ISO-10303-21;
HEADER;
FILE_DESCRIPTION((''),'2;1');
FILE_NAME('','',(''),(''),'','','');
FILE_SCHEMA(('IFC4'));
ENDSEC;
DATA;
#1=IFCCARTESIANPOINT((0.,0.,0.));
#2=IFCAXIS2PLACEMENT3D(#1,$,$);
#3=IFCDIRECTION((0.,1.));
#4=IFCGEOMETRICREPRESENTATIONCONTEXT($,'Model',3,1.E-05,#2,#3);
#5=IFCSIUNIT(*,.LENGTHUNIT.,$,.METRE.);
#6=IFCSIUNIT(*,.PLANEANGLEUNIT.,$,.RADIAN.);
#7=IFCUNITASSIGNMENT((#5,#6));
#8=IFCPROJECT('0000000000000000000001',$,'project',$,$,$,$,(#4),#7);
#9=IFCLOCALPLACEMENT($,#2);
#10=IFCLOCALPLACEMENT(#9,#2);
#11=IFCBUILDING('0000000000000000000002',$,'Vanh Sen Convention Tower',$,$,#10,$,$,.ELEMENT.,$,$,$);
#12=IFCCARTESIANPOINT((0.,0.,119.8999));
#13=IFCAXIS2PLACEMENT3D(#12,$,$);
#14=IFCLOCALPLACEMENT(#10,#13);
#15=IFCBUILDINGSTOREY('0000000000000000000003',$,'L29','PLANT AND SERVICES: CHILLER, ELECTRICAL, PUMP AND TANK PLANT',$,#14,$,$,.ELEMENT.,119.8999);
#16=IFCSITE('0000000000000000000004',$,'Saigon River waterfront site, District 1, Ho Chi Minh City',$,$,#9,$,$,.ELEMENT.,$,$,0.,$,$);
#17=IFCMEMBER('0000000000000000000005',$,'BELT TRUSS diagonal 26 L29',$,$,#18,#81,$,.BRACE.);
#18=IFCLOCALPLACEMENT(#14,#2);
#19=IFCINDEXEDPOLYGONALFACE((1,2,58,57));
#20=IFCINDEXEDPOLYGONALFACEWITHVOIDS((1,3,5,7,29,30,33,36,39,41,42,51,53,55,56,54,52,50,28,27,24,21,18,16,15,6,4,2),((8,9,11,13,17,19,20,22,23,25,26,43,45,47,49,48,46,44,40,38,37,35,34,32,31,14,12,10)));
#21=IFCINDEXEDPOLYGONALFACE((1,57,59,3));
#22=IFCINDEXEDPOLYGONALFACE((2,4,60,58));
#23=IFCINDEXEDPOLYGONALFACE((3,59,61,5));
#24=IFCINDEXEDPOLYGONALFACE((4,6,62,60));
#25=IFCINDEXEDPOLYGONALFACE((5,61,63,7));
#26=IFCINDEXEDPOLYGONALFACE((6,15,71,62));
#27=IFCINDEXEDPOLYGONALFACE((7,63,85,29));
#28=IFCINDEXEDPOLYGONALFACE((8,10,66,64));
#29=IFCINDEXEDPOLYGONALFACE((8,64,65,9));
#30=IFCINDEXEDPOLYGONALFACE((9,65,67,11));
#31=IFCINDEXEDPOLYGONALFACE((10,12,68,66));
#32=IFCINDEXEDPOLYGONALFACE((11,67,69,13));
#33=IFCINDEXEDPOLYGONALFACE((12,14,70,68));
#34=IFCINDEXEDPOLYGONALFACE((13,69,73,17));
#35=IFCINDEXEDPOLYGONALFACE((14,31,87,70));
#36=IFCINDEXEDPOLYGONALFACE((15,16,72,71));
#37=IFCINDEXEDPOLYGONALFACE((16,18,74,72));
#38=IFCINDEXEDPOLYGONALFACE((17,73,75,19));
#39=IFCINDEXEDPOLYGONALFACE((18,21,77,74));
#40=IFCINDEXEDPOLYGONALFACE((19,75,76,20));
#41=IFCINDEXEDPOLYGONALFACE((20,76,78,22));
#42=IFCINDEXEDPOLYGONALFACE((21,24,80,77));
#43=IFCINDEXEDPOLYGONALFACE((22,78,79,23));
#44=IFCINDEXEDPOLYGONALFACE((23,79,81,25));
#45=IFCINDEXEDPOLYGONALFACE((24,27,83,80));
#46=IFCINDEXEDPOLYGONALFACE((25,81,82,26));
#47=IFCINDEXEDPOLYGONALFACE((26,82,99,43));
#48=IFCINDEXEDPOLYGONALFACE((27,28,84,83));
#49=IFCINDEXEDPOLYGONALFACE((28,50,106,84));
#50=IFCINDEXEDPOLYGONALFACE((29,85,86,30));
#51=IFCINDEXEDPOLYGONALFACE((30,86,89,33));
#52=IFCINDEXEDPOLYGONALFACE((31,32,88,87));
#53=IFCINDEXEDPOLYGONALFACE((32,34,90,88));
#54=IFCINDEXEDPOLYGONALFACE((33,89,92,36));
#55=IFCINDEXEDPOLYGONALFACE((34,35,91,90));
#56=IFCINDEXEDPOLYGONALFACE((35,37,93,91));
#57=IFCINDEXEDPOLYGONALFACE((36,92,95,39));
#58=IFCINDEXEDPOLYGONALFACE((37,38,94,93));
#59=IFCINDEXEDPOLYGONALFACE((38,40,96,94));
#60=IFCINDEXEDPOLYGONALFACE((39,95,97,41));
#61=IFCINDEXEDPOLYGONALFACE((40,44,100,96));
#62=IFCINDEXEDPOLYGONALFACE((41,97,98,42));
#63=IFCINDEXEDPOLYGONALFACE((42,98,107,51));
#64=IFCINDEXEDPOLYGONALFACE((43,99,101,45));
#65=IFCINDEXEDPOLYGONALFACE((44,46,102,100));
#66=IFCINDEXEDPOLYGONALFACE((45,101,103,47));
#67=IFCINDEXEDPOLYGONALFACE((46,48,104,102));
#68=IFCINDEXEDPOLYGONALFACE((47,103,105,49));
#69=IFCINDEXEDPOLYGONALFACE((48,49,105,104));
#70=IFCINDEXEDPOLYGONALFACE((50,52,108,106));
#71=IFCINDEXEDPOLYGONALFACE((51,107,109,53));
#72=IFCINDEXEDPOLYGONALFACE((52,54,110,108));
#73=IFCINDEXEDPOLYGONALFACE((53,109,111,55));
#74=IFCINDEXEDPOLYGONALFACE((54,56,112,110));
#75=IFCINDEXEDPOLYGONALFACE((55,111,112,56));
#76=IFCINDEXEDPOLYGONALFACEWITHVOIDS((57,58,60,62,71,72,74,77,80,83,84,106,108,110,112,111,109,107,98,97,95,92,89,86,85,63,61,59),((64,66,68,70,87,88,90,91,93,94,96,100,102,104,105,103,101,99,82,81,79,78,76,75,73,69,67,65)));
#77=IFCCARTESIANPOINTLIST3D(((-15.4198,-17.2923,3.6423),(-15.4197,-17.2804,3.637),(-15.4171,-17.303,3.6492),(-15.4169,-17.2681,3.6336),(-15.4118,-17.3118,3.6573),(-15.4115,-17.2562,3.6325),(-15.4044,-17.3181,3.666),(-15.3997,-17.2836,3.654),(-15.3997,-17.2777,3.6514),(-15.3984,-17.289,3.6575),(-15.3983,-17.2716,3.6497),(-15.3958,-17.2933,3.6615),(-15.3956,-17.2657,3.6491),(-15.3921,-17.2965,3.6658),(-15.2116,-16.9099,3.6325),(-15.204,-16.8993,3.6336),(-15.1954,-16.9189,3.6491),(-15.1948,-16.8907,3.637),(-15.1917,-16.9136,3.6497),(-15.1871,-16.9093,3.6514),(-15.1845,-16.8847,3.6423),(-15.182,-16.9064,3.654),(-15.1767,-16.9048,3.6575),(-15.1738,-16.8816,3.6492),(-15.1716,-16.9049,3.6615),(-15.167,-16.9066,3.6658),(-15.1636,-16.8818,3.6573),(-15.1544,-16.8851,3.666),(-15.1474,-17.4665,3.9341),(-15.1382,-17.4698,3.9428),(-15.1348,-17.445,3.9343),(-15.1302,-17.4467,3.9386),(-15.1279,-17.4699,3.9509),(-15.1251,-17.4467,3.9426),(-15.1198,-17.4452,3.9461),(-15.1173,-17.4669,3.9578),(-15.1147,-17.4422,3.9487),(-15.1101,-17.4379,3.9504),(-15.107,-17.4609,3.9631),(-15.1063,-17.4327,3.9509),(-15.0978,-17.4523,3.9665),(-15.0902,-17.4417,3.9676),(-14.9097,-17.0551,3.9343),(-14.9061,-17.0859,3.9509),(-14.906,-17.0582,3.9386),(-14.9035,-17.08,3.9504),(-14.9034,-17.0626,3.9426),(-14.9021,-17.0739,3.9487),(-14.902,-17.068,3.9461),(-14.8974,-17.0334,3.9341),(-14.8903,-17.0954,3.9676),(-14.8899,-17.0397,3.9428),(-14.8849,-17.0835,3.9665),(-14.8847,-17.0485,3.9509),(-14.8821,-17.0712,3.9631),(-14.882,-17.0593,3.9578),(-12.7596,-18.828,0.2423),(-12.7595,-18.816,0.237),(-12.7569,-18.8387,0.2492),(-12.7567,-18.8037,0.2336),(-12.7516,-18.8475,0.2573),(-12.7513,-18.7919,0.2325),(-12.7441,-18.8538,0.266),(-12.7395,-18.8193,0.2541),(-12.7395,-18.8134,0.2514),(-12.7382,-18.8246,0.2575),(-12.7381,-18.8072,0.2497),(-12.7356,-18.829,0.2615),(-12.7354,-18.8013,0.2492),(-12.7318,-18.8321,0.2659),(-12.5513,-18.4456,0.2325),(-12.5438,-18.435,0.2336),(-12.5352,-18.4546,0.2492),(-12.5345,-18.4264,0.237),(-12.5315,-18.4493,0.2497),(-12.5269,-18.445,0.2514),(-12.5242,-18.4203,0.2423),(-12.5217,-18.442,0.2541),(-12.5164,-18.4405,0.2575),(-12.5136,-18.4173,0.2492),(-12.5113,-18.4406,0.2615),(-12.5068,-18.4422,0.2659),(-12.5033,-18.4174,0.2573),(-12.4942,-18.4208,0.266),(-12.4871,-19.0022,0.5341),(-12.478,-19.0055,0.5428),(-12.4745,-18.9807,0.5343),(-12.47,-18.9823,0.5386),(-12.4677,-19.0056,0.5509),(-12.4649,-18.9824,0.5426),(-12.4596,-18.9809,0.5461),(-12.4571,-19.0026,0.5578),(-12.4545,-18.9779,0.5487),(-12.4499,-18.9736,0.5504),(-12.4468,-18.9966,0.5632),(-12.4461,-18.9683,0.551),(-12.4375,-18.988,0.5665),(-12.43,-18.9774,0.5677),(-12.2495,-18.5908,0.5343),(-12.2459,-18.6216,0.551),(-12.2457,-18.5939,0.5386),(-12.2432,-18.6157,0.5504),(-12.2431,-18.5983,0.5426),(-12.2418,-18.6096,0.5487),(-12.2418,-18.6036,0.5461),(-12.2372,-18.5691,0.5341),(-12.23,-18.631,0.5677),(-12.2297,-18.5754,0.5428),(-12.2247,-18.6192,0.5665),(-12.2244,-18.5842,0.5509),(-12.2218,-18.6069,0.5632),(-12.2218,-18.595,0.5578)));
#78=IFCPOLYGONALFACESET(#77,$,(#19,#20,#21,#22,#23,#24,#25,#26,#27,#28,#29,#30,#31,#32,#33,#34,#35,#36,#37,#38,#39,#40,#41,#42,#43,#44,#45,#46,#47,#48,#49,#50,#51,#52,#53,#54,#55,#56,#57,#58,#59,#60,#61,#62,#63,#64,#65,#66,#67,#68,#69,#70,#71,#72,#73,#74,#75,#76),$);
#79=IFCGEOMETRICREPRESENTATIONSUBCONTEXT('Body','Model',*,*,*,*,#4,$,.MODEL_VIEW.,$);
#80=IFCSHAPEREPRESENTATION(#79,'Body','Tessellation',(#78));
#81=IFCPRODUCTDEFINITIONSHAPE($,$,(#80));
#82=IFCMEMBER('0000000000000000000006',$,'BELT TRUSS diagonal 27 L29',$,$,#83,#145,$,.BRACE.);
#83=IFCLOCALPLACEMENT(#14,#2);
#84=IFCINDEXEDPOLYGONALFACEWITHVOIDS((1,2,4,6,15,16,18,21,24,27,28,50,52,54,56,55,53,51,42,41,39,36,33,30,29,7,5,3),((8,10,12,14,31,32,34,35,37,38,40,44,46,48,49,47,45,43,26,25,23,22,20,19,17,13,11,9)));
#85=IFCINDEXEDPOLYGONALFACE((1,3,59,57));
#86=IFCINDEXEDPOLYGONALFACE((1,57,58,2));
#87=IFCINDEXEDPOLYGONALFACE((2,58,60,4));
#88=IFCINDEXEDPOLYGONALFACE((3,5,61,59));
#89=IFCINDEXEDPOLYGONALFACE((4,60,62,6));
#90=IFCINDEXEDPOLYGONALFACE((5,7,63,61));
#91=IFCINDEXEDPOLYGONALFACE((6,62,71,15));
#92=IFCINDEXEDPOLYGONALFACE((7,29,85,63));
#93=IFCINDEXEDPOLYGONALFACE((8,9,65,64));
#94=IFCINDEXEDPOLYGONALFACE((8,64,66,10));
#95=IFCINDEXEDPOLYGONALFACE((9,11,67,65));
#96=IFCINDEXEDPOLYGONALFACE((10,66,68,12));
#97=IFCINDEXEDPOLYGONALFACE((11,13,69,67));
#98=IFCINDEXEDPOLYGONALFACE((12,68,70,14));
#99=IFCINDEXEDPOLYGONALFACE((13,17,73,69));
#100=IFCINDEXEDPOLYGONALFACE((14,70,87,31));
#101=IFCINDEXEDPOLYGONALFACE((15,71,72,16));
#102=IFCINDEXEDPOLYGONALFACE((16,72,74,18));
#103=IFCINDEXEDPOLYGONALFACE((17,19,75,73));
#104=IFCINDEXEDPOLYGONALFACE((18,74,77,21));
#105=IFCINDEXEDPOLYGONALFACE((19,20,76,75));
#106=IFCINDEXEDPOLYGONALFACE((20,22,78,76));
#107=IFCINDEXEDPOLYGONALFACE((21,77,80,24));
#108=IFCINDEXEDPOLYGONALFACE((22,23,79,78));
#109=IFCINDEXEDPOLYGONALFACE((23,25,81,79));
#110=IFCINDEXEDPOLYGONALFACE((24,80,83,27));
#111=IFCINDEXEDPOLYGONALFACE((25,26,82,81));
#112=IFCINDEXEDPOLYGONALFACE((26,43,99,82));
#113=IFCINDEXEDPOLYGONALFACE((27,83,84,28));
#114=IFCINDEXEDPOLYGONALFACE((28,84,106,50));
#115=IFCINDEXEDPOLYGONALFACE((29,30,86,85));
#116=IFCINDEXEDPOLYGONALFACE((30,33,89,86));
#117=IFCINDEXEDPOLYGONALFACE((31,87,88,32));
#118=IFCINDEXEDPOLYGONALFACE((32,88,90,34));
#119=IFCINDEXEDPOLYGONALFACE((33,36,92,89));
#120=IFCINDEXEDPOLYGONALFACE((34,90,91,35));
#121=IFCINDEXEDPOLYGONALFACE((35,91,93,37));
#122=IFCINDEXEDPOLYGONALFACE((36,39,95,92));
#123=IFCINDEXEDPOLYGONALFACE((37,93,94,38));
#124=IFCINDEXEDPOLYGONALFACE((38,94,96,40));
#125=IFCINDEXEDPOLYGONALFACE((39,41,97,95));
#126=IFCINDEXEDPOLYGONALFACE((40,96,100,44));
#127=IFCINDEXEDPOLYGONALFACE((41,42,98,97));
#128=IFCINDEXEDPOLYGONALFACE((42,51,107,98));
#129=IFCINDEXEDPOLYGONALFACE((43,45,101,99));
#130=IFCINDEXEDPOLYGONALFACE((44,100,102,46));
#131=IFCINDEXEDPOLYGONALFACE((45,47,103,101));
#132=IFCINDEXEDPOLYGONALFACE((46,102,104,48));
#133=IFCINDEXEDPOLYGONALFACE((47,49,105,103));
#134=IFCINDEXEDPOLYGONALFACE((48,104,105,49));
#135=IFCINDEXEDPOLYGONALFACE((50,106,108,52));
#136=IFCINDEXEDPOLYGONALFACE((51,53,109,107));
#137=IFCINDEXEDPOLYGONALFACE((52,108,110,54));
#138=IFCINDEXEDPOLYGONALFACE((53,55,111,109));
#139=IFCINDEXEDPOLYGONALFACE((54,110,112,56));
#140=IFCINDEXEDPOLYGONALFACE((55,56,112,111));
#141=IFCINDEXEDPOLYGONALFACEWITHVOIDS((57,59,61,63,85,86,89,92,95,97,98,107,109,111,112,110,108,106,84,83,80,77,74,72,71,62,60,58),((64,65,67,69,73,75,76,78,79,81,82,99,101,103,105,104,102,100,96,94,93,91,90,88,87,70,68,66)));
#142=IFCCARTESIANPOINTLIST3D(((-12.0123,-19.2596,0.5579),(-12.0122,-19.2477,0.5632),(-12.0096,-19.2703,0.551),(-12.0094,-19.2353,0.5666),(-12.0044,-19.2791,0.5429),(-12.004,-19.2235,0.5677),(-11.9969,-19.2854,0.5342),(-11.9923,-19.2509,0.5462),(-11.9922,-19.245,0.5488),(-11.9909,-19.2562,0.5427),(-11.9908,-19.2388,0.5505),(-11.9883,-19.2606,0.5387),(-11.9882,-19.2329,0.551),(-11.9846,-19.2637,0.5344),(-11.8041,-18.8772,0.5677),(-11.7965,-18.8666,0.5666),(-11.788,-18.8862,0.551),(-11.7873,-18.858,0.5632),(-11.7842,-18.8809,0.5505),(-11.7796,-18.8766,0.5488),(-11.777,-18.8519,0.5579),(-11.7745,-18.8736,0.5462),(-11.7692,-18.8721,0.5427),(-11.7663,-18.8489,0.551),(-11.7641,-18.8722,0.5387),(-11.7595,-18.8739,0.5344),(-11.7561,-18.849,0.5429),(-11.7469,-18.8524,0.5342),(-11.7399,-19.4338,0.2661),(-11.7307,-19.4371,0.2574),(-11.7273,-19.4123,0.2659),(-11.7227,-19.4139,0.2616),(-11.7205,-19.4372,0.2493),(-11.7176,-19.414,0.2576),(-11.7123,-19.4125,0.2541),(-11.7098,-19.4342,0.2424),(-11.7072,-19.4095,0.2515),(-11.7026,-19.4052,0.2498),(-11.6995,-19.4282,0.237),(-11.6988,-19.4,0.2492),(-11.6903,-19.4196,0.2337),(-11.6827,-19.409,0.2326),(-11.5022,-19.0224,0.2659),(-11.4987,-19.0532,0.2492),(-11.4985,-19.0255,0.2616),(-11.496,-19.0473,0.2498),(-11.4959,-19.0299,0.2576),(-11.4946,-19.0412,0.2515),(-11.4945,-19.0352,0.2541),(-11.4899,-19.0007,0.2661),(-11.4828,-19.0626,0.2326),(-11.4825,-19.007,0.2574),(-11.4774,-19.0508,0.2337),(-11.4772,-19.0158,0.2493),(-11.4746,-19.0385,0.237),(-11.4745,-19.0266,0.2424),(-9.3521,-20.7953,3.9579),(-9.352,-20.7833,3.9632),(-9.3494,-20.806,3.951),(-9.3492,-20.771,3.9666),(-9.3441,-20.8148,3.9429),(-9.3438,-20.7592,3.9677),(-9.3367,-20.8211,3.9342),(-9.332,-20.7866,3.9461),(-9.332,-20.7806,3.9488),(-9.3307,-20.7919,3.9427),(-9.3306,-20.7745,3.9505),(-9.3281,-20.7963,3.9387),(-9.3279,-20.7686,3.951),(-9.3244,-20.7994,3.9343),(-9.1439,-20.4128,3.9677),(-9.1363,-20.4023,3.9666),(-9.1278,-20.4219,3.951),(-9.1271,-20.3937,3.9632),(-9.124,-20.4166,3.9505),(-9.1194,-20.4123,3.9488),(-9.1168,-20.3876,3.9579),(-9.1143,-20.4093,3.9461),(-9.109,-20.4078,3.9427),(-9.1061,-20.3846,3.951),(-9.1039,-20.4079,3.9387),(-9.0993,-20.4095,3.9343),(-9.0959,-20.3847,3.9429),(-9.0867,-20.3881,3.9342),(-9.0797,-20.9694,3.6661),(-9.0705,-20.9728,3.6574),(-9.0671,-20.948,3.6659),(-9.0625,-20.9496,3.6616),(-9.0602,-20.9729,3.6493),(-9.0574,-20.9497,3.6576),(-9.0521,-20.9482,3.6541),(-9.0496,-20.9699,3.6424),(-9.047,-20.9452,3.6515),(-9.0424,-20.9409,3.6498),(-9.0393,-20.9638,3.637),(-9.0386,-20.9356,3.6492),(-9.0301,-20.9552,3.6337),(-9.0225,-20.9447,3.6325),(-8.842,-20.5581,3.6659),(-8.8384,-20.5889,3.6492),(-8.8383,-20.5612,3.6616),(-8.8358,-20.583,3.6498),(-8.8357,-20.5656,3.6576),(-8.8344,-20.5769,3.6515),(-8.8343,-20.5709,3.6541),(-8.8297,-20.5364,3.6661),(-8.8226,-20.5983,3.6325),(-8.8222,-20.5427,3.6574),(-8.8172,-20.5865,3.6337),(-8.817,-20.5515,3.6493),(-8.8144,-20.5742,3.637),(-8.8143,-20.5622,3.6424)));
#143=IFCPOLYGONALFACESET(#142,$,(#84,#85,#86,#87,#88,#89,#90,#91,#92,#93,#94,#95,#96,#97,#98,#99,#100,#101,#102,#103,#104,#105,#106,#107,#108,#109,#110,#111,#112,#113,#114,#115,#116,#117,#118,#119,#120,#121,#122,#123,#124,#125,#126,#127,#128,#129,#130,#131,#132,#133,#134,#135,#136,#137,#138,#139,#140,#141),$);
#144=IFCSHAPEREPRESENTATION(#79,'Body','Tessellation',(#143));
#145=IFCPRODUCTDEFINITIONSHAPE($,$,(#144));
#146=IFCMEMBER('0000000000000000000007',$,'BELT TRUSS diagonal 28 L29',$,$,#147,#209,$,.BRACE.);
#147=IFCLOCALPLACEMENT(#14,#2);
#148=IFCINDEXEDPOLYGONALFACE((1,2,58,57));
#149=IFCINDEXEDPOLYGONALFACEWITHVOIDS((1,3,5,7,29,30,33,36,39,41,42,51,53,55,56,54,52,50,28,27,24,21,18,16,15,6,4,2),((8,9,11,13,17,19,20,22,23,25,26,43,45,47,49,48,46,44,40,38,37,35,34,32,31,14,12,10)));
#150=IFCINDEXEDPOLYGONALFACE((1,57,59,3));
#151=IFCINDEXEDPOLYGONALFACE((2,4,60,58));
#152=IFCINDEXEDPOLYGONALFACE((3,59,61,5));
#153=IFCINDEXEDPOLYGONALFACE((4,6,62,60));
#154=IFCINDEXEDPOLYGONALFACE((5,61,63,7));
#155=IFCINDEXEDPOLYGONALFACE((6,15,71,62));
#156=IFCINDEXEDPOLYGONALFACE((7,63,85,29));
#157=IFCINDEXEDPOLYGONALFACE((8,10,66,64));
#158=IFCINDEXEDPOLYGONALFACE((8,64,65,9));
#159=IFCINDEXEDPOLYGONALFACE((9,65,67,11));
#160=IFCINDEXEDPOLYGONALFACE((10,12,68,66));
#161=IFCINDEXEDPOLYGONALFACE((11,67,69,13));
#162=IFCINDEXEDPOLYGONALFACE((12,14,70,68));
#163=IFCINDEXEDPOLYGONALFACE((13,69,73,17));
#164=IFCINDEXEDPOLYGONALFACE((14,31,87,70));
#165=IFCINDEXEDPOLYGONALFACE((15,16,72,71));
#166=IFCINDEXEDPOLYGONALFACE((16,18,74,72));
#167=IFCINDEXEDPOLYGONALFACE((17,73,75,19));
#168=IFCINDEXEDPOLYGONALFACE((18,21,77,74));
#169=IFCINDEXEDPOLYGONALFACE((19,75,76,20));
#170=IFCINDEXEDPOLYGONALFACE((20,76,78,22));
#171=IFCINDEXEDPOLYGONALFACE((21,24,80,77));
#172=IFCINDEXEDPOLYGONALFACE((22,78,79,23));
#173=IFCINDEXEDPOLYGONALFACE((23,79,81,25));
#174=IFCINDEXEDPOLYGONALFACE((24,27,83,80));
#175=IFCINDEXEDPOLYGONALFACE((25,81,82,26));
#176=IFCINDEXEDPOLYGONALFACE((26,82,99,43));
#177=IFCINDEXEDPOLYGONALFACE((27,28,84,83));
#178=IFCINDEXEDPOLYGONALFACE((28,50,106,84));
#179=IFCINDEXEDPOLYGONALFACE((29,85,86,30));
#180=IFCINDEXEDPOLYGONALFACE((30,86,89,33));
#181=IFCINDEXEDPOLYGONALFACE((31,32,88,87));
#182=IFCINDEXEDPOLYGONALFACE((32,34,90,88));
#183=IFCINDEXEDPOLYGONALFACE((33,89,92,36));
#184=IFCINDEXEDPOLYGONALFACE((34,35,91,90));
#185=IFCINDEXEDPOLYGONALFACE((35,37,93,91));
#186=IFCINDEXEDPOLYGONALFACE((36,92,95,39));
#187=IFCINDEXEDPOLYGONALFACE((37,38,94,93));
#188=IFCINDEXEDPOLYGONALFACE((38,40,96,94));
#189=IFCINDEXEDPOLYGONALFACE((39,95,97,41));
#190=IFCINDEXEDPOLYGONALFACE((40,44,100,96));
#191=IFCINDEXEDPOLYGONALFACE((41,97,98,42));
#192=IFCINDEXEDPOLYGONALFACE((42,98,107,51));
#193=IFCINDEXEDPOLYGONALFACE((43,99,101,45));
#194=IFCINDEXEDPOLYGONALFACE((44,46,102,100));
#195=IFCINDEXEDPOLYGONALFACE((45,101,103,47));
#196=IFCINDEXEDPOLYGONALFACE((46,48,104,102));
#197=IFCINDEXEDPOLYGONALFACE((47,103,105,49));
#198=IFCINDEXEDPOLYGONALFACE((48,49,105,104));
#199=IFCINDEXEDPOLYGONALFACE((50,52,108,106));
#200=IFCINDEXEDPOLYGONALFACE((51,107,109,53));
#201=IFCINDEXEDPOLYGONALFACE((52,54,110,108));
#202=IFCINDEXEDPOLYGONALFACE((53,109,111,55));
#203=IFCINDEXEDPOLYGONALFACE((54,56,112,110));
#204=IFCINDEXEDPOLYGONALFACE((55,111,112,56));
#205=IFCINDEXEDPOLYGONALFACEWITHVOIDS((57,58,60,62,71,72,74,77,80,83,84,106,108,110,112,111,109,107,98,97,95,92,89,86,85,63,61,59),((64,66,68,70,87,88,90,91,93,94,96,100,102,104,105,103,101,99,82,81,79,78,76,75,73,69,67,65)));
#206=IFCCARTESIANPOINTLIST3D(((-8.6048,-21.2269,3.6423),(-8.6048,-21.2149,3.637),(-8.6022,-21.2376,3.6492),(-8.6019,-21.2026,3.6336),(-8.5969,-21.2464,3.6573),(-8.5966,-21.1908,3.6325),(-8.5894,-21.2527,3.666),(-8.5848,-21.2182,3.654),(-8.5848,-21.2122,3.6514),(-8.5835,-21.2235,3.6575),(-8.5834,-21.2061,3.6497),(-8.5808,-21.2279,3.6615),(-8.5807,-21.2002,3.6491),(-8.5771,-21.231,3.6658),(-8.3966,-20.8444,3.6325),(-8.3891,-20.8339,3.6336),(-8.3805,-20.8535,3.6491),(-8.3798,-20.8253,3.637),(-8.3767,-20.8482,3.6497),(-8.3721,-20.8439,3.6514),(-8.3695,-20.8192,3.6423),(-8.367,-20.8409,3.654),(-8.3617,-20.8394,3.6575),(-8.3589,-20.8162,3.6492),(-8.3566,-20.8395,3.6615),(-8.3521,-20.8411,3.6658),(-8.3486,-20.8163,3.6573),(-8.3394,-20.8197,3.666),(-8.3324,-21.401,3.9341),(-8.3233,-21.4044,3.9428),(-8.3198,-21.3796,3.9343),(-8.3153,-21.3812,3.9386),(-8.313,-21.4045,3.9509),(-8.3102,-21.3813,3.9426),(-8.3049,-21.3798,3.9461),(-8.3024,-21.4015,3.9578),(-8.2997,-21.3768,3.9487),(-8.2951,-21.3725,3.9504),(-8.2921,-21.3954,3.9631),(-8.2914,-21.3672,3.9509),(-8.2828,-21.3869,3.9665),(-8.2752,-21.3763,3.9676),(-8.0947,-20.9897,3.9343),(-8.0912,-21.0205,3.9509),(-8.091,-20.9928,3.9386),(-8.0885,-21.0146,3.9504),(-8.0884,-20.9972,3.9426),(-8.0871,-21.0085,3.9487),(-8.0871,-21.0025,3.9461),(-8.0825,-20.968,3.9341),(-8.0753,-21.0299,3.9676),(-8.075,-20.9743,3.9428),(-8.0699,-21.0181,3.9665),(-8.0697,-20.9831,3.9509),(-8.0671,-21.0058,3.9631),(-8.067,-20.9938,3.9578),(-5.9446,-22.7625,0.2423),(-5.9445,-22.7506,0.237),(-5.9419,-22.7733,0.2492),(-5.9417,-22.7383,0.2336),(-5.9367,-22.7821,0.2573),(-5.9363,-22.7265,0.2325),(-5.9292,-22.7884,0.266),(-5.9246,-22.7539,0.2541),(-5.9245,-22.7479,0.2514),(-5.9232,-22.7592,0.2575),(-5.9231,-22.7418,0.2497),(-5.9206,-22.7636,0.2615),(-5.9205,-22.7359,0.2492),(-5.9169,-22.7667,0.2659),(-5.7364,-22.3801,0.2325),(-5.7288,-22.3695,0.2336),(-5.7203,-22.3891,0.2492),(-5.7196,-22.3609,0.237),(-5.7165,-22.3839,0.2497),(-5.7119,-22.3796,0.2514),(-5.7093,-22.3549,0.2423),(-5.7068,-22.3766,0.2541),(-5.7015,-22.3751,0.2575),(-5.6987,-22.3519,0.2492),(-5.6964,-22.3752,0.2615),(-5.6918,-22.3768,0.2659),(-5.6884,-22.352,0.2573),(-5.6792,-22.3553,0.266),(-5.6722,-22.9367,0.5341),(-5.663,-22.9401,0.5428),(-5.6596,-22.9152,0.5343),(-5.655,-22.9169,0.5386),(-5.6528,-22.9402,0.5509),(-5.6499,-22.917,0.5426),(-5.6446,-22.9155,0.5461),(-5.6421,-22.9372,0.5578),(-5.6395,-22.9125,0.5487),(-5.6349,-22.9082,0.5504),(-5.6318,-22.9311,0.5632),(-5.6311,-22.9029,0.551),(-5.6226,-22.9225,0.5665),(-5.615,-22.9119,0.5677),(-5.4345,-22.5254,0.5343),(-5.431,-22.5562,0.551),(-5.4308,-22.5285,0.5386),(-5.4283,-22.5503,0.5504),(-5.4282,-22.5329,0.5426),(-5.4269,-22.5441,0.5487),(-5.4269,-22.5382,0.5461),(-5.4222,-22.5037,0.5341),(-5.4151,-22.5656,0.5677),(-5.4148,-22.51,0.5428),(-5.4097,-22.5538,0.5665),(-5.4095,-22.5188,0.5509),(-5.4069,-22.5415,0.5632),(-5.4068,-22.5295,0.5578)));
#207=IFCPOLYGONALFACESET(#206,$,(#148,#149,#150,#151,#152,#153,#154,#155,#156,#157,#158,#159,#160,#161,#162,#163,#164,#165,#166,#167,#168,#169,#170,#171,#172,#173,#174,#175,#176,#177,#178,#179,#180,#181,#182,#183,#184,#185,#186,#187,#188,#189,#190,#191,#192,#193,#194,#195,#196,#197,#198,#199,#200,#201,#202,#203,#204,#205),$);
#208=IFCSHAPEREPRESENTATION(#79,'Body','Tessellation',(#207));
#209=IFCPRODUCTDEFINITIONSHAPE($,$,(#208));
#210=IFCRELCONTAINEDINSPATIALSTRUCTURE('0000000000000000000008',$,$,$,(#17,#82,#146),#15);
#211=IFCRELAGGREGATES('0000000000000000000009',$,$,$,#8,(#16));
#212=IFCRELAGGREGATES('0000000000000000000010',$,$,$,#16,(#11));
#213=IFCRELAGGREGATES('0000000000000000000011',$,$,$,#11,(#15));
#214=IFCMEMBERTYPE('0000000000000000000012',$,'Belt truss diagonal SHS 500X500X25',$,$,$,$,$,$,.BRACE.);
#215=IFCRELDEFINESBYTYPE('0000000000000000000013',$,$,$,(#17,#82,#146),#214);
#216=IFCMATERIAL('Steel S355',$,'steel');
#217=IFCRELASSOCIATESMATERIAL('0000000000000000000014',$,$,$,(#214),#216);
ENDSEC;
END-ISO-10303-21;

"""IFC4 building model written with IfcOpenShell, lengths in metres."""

from ifc_helpers import new_model, si_unit, direction, frame, origin, origin_2d, place, context, subcontext, project, spatial, hollow_rectangle, extrude, material, material_profile, profile_set, type_object, element, save


model = new_model("IFC4")

# Units and contexts
model_context = context("Model", 3, precision=1e-05, world=origin(), true_north=direction((0.0, 1.0)))
body_context = subcontext(model_context, "Body", "Model", "MODEL_VIEW")
ifc_project = project(units=[si_unit("LENGTHUNIT", "METRE"), si_unit("PLANEANGLEUNIT", "RADIAN")], contexts=[model_context])

# Site, building, storey
site_placement = place(None, origin())
site = spatial("IfcSite", under=ifc_project, at=site_placement, Name="Saigon River waterfront site, District 1, Ho Chi Minh City", CompositionType="ELEMENT", RefElevation=0.0)
building_placement = place(site_placement, origin())
building = spatial("IfcBuilding", under=site, at=building_placement, Name="Vanh Sen Convention Tower", CompositionType="ELEMENT")
storey_placement = place(building_placement, frame((0.0, 0.0, 119.8999)))
storey = spatial("IfcBuildingStorey", under=building, at=storey_placement, Name="L29", Description="PLANT AND SERVICES: CHILLER, ELECTRICAL, PUMP AND TANK PLANT", CompositionType="ELEMENT", Elevation=119.8999)

# Members
ifc_material_1 = material(Name="Steel S355", Category="steel")
ifc_material_profile_1 = material_profile(ifc_material_1, hollow_rectangle(XDim=0.5, YDim=0.5, WallThickness=0.0249, InnerFilletRadius=0.0249, OuterFilletRadius=0.05, at=origin_2d()), Name="SHS 500X500X25")
ifc_profile_set_1 = profile_set([ifc_material_profile_1], Name="Steel S355")
member_type_1 = type_object("IfcMemberType", Name="Belt truss diagonal SHS 500X500X25", PredefinedType="BRACE", material=ifc_profile_set_1)
for number, where, z_axis, x_axis, name in (
    (1, (-15.1509, -17.1758, 3.8), (0.580577, -0.335153, -0.742026), (0.499952, 0.866053, 0.0), "BELT TRUSS diagonal 26 L29"),
    (2, (-11.7434, -19.1431, 0.4001), (0.580577, -0.335153, 0.742026), (0.499952, 0.866053, 0.0), "BELT TRUSS diagonal 27 L29"),
    (3, (-8.3359, -21.1104, 3.8), (0.580577, -0.335153, -0.742026), (0.499952, 0.866053, 0.0), "BELT TRUSS diagonal 28 L29"),
):
    element("IfcMember", number, at=place(storey_placement, frame(where, z_axis=z_axis, x_axis=x_axis)), inside=storey, type_object=member_type_1, Name=name, PredefinedType="BRACE", context=body_context, shape_type="SweptSolid", body=[
        extrude(hollow_rectangle(XDim=0.5, YDim=0.5, WallThickness=0.0249, InnerFilletRadius=0.0249, OuterFilletRadius=0.05, at=origin_2d()), origin(), (0.0, 0.0, 1.0), 4.582),
    ])

save(model, "model.ifc")
